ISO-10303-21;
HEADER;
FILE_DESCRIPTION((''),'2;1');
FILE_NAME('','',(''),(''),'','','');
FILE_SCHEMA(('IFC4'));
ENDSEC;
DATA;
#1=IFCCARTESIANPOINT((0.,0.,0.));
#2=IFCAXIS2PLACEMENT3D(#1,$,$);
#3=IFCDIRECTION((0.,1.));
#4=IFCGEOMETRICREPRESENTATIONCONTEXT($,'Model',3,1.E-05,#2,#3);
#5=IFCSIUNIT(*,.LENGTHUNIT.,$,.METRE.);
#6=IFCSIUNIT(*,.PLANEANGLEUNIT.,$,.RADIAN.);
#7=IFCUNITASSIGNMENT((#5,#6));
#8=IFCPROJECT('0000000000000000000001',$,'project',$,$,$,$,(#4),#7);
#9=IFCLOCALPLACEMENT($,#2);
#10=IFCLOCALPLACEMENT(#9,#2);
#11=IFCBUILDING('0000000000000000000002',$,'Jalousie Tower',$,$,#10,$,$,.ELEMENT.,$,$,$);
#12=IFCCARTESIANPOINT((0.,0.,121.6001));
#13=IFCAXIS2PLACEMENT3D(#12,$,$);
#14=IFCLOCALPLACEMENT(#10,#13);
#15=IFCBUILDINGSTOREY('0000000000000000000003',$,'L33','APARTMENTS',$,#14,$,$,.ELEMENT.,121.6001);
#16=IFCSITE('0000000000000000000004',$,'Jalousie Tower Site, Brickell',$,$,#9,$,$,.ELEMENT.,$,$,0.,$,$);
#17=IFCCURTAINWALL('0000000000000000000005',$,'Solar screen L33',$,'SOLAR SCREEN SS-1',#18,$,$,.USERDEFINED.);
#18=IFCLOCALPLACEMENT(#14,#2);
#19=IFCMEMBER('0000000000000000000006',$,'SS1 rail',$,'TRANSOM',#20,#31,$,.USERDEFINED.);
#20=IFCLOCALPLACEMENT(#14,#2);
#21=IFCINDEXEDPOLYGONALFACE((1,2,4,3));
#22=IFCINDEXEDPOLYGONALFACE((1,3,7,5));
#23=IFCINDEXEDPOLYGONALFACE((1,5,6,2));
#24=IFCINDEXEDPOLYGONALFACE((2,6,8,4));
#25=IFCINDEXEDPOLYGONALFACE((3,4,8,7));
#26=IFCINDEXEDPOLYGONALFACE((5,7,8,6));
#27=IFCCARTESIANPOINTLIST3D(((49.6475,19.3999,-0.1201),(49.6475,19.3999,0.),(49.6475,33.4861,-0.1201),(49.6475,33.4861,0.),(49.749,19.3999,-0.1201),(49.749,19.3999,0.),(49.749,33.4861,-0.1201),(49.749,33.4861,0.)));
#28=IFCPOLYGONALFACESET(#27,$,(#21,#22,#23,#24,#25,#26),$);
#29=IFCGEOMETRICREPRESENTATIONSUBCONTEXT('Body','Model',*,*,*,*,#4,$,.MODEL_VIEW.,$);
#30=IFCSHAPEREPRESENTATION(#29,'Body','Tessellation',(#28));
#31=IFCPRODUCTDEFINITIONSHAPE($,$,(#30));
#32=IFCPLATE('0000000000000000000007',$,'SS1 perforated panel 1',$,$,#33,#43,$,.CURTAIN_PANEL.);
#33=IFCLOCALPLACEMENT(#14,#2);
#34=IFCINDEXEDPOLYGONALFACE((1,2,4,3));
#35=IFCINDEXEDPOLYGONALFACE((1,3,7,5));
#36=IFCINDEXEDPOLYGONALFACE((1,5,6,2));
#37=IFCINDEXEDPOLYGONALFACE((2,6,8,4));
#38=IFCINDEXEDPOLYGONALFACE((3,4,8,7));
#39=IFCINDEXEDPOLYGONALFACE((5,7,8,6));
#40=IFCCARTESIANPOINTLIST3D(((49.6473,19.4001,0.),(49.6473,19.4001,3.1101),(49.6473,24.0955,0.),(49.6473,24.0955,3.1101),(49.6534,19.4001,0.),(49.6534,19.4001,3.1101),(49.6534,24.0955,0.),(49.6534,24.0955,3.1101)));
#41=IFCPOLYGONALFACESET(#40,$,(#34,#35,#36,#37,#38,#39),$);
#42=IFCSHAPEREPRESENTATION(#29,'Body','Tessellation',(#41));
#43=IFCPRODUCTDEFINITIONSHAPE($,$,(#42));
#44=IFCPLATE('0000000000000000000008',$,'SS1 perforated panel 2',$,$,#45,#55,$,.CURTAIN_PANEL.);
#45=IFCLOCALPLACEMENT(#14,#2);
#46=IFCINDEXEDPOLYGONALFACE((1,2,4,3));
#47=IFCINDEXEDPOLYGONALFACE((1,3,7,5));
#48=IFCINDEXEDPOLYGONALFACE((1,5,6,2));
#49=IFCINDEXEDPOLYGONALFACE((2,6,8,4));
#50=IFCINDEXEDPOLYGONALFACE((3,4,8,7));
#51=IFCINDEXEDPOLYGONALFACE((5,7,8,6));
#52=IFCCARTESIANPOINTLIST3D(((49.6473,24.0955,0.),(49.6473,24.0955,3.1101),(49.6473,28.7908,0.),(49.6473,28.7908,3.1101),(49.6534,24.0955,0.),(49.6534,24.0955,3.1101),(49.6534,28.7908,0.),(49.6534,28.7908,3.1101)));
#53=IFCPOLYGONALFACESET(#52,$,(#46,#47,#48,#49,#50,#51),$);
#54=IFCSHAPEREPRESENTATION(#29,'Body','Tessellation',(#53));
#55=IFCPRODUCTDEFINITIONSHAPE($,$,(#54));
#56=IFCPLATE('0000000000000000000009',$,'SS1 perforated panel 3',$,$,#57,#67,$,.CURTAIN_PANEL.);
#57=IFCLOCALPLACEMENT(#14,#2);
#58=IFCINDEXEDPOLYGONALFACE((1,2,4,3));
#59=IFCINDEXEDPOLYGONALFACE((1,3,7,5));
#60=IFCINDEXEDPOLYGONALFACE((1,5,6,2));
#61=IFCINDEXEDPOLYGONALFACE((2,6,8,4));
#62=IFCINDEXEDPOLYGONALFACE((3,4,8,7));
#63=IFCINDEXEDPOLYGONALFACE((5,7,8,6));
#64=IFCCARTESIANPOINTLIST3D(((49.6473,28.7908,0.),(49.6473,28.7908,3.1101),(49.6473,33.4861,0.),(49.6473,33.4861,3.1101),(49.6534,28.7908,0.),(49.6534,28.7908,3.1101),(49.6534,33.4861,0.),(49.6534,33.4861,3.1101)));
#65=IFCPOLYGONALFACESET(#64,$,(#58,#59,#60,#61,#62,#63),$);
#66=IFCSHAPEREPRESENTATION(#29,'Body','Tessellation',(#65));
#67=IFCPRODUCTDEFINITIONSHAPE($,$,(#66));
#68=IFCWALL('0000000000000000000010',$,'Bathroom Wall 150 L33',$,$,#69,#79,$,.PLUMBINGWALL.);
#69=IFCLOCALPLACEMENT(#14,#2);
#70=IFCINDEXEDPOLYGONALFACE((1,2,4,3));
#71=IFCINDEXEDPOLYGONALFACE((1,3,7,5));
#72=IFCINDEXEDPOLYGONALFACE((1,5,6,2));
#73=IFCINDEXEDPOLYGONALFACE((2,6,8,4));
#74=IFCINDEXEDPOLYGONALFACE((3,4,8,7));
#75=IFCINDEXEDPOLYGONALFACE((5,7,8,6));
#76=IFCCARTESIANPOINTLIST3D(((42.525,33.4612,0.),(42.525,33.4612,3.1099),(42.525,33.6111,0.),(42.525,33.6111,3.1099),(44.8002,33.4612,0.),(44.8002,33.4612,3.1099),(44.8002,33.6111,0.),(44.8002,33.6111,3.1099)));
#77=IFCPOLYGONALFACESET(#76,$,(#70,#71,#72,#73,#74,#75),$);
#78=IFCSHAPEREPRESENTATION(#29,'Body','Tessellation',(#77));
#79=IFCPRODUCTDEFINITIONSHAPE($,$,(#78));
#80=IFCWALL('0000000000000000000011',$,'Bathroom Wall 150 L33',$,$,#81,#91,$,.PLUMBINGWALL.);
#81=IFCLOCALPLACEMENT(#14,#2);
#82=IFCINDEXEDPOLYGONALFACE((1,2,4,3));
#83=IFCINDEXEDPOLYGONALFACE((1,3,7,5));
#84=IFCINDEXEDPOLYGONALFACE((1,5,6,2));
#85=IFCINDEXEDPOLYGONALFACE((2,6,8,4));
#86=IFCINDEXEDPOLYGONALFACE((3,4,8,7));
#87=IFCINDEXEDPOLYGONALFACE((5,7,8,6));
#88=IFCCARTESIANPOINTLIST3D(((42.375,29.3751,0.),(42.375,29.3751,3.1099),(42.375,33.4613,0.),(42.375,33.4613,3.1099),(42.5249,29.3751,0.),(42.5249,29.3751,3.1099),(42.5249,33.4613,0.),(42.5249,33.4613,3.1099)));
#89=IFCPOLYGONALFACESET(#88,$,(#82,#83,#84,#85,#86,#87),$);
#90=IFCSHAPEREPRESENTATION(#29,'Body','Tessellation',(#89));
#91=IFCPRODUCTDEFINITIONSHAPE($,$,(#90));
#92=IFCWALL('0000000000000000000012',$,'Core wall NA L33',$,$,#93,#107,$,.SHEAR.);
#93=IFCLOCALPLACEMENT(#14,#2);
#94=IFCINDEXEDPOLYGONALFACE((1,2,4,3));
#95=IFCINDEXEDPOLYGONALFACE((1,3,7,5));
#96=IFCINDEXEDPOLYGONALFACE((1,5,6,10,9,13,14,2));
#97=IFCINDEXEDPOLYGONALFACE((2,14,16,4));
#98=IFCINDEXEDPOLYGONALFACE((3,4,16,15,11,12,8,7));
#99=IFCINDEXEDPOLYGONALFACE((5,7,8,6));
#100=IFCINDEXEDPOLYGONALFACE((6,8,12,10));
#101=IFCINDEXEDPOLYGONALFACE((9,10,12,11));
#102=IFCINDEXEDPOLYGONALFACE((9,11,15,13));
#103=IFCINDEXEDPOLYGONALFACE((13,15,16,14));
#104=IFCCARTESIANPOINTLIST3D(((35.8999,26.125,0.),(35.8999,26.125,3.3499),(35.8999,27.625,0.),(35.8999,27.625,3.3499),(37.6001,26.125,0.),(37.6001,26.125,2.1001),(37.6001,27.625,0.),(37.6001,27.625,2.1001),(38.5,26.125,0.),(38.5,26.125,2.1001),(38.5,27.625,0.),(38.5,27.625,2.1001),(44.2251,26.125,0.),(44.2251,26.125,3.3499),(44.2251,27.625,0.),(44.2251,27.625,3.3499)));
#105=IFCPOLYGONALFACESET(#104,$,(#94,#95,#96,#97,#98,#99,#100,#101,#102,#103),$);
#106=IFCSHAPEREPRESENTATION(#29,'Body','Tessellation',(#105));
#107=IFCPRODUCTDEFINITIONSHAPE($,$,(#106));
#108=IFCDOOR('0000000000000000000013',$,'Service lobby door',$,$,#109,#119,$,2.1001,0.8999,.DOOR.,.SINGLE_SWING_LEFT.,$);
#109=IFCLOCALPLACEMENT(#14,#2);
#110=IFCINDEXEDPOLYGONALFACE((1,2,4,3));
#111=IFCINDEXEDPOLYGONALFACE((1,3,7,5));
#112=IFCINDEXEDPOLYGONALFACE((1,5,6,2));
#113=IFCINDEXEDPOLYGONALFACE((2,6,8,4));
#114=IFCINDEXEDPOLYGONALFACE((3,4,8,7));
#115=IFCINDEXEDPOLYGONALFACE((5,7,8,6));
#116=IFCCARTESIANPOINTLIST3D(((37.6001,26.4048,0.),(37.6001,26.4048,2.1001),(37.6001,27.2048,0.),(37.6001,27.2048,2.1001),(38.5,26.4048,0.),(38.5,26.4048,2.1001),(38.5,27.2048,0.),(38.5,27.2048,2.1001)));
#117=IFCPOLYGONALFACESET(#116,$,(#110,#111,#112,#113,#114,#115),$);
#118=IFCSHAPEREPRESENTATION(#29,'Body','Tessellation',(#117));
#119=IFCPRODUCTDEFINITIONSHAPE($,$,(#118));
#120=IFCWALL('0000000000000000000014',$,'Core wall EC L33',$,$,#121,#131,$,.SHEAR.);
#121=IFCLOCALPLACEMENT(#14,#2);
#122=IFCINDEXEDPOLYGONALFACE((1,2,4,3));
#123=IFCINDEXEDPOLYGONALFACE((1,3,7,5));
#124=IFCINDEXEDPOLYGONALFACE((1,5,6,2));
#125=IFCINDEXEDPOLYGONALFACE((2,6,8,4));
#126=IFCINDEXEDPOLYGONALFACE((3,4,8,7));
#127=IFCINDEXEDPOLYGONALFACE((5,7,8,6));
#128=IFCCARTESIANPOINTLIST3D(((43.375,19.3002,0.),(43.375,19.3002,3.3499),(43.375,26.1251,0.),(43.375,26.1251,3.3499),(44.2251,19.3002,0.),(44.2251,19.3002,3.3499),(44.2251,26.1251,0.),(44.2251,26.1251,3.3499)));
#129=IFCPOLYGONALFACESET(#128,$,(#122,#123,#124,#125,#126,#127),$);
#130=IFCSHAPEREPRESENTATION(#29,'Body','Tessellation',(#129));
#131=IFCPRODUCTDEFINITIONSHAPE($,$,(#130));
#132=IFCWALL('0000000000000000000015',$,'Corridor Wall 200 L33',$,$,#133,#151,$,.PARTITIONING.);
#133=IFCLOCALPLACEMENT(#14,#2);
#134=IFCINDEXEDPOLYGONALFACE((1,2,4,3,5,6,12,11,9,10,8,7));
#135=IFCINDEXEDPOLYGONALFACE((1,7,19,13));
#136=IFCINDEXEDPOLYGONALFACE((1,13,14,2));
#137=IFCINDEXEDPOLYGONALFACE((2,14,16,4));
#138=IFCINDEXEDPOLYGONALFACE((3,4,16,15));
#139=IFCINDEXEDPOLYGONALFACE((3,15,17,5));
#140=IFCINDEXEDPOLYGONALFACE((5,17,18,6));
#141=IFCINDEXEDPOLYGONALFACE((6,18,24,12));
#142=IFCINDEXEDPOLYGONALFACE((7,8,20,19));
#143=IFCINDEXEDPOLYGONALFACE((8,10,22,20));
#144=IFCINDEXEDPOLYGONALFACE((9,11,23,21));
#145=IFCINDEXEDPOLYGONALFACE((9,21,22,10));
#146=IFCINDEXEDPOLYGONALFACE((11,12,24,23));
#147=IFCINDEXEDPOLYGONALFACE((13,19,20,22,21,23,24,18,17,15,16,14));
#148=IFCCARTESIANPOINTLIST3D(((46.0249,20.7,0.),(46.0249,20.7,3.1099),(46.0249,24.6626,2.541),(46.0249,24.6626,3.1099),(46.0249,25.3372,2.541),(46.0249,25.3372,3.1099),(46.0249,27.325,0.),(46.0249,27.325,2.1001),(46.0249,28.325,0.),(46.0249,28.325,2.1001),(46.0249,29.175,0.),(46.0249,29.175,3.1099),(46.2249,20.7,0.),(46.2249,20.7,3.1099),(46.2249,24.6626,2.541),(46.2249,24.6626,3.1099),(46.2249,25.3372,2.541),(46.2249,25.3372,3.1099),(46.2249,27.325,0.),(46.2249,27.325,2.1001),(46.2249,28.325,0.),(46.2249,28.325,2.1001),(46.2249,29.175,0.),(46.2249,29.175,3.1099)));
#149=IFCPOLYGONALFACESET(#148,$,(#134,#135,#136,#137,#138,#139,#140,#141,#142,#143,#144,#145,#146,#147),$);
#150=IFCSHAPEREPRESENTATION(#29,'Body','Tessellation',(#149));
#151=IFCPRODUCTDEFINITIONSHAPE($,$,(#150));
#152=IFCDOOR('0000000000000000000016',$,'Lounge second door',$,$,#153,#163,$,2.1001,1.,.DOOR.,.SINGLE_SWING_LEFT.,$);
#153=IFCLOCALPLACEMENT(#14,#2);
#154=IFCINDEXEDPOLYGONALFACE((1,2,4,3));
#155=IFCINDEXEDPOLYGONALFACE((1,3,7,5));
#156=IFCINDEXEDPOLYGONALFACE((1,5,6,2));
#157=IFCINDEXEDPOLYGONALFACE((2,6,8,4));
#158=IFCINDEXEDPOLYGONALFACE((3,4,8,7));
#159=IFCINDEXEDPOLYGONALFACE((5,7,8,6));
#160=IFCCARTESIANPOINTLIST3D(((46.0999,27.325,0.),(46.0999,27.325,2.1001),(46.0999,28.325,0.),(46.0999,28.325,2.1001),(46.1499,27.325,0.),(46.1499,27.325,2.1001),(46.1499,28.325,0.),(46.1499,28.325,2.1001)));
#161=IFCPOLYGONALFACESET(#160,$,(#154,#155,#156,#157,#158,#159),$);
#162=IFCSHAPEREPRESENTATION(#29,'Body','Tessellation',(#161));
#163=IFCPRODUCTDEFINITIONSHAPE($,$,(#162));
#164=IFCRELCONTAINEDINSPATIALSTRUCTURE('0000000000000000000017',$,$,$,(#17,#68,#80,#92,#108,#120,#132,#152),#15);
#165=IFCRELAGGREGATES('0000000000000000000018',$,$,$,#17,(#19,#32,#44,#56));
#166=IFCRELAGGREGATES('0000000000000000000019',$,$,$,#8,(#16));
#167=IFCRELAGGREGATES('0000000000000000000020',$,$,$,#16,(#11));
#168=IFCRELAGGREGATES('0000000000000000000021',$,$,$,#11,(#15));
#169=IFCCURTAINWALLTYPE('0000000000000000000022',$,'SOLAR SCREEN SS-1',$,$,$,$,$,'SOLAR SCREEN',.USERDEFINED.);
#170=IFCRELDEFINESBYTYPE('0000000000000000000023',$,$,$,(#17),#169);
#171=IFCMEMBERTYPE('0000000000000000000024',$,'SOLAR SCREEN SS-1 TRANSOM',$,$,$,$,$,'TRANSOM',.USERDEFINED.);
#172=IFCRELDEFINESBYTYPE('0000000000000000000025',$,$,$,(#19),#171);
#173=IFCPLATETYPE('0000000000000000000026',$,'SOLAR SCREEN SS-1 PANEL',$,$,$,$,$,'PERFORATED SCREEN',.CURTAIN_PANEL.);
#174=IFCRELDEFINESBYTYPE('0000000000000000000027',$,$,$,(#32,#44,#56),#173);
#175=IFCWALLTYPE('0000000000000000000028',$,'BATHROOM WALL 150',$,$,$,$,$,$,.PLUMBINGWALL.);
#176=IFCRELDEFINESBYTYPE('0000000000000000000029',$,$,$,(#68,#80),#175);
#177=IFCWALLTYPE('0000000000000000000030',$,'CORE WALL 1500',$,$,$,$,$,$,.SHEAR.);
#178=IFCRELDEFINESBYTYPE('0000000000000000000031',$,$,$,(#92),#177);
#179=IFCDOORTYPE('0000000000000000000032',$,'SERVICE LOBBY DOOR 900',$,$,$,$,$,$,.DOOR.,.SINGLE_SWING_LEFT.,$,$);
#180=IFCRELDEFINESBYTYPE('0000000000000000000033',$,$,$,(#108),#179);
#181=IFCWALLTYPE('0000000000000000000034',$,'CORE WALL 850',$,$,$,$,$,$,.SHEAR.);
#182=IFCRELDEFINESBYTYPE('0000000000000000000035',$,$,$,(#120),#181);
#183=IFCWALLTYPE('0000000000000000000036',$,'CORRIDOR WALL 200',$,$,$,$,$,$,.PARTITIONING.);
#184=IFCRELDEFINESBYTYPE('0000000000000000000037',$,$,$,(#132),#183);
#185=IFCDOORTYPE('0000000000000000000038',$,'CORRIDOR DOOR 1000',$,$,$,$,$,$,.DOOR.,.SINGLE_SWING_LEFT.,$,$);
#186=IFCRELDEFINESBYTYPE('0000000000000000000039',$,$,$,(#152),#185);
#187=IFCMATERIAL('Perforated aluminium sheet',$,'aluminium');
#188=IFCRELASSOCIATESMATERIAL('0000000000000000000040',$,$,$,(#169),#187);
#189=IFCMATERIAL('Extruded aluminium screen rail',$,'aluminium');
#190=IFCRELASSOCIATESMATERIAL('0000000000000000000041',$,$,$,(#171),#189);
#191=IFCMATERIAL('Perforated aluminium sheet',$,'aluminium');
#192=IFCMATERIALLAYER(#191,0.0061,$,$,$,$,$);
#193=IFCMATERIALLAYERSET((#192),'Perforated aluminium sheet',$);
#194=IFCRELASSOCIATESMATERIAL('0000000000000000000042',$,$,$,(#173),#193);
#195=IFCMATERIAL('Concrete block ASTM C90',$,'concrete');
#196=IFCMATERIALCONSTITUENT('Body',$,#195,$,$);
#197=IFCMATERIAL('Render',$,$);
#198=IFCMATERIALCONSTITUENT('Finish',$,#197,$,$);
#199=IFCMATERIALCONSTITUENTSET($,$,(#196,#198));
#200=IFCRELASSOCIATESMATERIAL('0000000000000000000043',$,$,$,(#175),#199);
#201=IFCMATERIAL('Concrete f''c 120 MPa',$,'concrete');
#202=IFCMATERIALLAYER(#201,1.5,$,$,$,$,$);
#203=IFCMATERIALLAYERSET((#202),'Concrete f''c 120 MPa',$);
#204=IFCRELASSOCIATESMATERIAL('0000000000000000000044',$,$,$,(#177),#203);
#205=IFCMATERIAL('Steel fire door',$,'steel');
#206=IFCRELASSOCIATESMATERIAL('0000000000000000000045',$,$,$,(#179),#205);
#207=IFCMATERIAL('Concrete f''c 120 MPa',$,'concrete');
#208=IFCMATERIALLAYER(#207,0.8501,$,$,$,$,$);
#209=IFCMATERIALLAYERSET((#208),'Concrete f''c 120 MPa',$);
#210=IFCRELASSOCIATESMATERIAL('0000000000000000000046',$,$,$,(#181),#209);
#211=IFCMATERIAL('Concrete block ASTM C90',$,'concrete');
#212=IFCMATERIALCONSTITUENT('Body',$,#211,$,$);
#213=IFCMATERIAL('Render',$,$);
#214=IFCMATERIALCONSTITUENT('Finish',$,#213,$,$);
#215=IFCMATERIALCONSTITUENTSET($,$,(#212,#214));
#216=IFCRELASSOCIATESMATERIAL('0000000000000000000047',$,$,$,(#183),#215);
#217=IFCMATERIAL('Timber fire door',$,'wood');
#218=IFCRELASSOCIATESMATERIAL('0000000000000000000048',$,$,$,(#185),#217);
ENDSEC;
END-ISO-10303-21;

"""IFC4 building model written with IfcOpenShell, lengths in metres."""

from ifc_helpers import new_model, si_unit, direction, frame, frame_2d, origin, origin_2d, place, context, subcontext, project, spatial, polyline, rectangle, outline, extrude, material, layer, layer_set, constituent, constituent_set, material_profile, profile_set, type_object, element, fill, aggregate, save


model = new_model("IFC4")

# Units and contexts
model_context = context("Model", 3, precision=1e-05, world=origin(), true_north=direction((0.0, 1.0)))
body_context = subcontext(model_context, "Body", "Model", "MODEL_VIEW")
ifc_project = project(units=[si_unit("LENGTHUNIT", "METRE"), si_unit("PLANEANGLEUNIT", "RADIAN")], contexts=[model_context])

# Site, building, storey
site_placement = place(None, origin())
site = spatial("IfcSite", under=ifc_project, at=site_placement, Name="Jalousie Tower Site, Brickell", CompositionType="ELEMENT", RefElevation=0.0)
building_placement = place(site_placement, origin())
building = spatial("IfcBuilding", under=site, at=building_placement, Name="Jalousie Tower", CompositionType="ELEMENT")
storey_placement = place(building_placement, frame((0.0, 0.0, 121.6001)))
storey = spatial("IfcBuildingStorey", under=building, at=storey_placement, Name="L33", Description="APARTMENTS", CompositionType="ELEMENT", Elevation=121.6001)

# Curtain wall, member, plates
ifc_material_1 = material(Name="Perforated aluminium sheet", Category="aluminium")
curtain_wall_type = type_object("IfcCurtainWallType", Name="SOLAR SCREEN SS-1", ElementType="SOLAR SCREEN", PredefinedType="USERDEFINED", material=ifc_material_1)
curtain_wall_placement = place(storey_placement, origin())
curtain_wall = element("IfcCurtainWall", 1, at=curtain_wall_placement, inside=storey, type_object=curtain_wall_type, Name="Solar screen L33", ObjectType="SOLAR SCREEN SS-1", PredefinedType="USERDEFINED")
ifc_material_2 = material(Name="Extruded aluminium screen rail", Category="aluminium")
ifc_material_profile_1 = material_profile(ifc_material_2, rectangle(XDim=0.1016, YDim=0.1201, at=origin_2d()), Name="RAIL 102x120")
ifc_profile_set_1 = profile_set([ifc_material_profile_1], Name="Extruded aluminium screen rail")
member_type_1 = type_object("IfcMemberType", Name="SOLAR SCREEN SS-1 TRANSOM", ElementType="TRANSOM", PredefinedType="USERDEFINED", material=ifc_profile_set_1)
member_1_placement = place(storey_placement, frame((49.6982, 19.3999, -0.0601), z_axis=(0.0, 1.0, 0.0), x_axis=(-1.0, 0.0, 0.0)))
member_1 = element("IfcMember", 2, at=member_1_placement, type_object=member_type_1, Name="SS1 rail", ObjectType="TRANSOM", PredefinedType="USERDEFINED", context=body_context, shape_type="SweptSolid", body=[
    extrude(rectangle(XDim=0.1016, YDim=0.1201, at=origin_2d()), origin(), (0.0, 0.0, 1.0), 14.0862),
])
ifc_material_3 = material(Name="Perforated aluminium sheet", Category="aluminium")
ifc_layer_1 = layer(ifc_material_3, 0.0061)
ifc_layer_set_1 = layer_set([ifc_layer_1], Name="Perforated aluminium sheet")
plate_type = type_object("IfcPlateType", Name="SOLAR SCREEN SS-1 PANEL", ElementType="PERFORATED SCREEN", PredefinedType="CURTAIN_PANEL", material=ifc_layer_set_1)
plate_1_placement = place(storey_placement, frame((49.6504, 21.7478, 0.0), z_axis=(0.0, 0.0, 1.0), x_axis=(0.0, 1.0, 0.0)))
plate_1 = element("IfcPlate", 3, at=plate_1_placement, type_object=plate_type, Name="SS1 perforated panel 1", PredefinedType="CURTAIN_PANEL", context=body_context, shape_type="SweptSolid", body=[
    extrude(rectangle(XDim=4.6953, YDim=0.0061, at=origin_2d()), origin(), (0.0, 0.0, 1.0), 3.1101),
])
plate_2_placement = place(storey_placement, frame((49.6504, 26.4431, 0.0), z_axis=(0.0, 0.0, 1.0), x_axis=(0.0, 1.0, 0.0)))
plate_2 = element("IfcPlate", 4, at=plate_2_placement, type_object=plate_type, Name="SS1 perforated panel 2", PredefinedType="CURTAIN_PANEL", context=body_context, shape_type="SweptSolid", body=[
    extrude(rectangle(XDim=4.6953, YDim=0.0061, at=origin_2d()), origin(), (0.0, 0.0, 1.0), 3.1101),
])
plate_3_placement = place(storey_placement, frame((49.6504, 31.1384, 0.0), z_axis=(0.0, 0.0, 1.0), x_axis=(0.0, 1.0, 0.0)))
plate_3 = element("IfcPlate", 5, at=plate_3_placement, type_object=plate_type, Name="SS1 perforated panel 3", PredefinedType="CURTAIN_PANEL", context=body_context, shape_type="SweptSolid", body=[
    extrude(rectangle(XDim=4.6953, YDim=0.0061, at=origin_2d()), origin(), (0.0, 0.0, 1.0), 3.1101),
])
aggregate(curtain_wall, [member_1, plate_1, plate_2, plate_3])

# Walls
ifc_material_4 = material(Name="Concrete block ASTM C90", Category="concrete")
ifc_constituent_1 = constituent(ifc_material_4, Name="Body")
ifc_material_5 = material(Name="Render")
ifc_constituent_2 = constituent(ifc_material_5, Name="Finish")
ifc_constituent_set_1 = constituent_set(constituents=[ifc_constituent_1, ifc_constituent_2])
wall_type_1 = type_object("IfcWallType", Name="BATHROOM WALL 150", PredefinedType="PLUMBINGWALL", material=ifc_constituent_set_1)
wall_1_placement = place(storey_placement, frame((42.5249, 33.5361, 0.0), z_axis=(0.0, 0.0, 1.0), x_axis=(1.0, 0.0, 0.0)))
element("IfcWall", 6, at=wall_1_placement, inside=storey, type_object=wall_type_1, Name="Bathroom Wall 150 L33", PredefinedType="PLUMBINGWALL", context=body_context, shape_type="SweptSolid", body=[
    extrude(rectangle(XDim=2.2751, YDim=0.1499, at=frame_2d((1.1377, 0.0))), origin(), (0.0, 0.0, 1.0), 3.1099),
])
wall_2_placement = place(storey_placement, frame((42.45, 33.4612, 0.0), z_axis=(0.0, 0.0, 1.0), x_axis=(0.0, -1.0, 0.0)))
element("IfcWall", 7, at=wall_2_placement, inside=storey, type_object=wall_type_1, Name="Bathroom Wall 150 L33", PredefinedType="PLUMBINGWALL", context=body_context, shape_type="SweptSolid", body=[
    extrude(rectangle(XDim=4.0862, YDim=0.1499, at=frame_2d((2.043, 0.0))), origin(), (0.0, 0.0, 1.0), 3.1099),
])

# Wall, opening, door
ifc_material_6 = material(Name="Concrete f'c 120 MPa", Category="concrete")
ifc_layer_2 = layer(ifc_material_6, 1.5)
ifc_layer_set_2 = layer_set([ifc_layer_2], Name="Concrete f'c 120 MPa")
wall_type_2 = type_object("IfcWallType", Name="CORE WALL 1500", PredefinedType="SHEAR", material=ifc_layer_set_2)
wall_3_placement = place(storey_placement, frame((44.2251, 26.875, 0.0), z_axis=(0.0, 0.0, 1.0), x_axis=(-1.0, 0.0, 0.0)))
wall_3 = element("IfcWall", 8, at=wall_3_placement, inside=storey, type_object=wall_type_2, Name="Core wall NA L33", PredefinedType="SHEAR", context=body_context, shape_type="SweptSolid", body=[
    extrude(rectangle(XDim=8.3252, YDim=1.5, at=frame_2d((4.1626, 0.0))), origin(), (0.0, 0.0, 1.0), 3.3499),
])
opening_1_placement = place(wall_3_placement, frame((5.7251, 0.0, 0.0)))
opening_1 = element("IfcOpeningElement", 9, at=opening_1_placement, cuts=wall_3, PredefinedType="OPENING", context=body_context, shape_type="SweptSolid", body=[
    extrude(rectangle(XDim=0.8999, YDim=2.1001, at=frame_2d((0.45, 1.05))), frame((0.0, 0.76, 0.0), z_axis=(0.0, -1.0, 0.0), x_axis=(1.0, 0.0, 0.0)), (0.0, 0.0, 1.0), 1.52),
])
ifc_material_7 = material(Name="Steel fire door", Category="steel")
door_type_1 = type_object("IfcDoorType", Name="SERVICE LOBBY DOOR 900", OperationType="SINGLE_SWING_LEFT", PredefinedType="DOOR", material=ifc_material_7)
door_1_placement = place(opening_1_placement, origin())
door_1 = element("IfcDoor", 10, at=door_1_placement, inside=storey, type_object=door_type_1, Name="Service lobby door", OperationType="SINGLE_SWING_LEFT", OverallHeight=2.1001, OverallWidth=0.8999, PredefinedType="DOOR", context=body_context, shape_type="SweptSolid", body=[
    extrude(rectangle(XDim=0.8999, YDim=2.1001, at=frame_2d((0.45, 1.05))), frame((0.0, 0.4702, 0.0), z_axis=(0.0, -1.0, 0.0), x_axis=(1.0, 0.0, 0.0)), (0.0, 0.0, 1.0), 0.8),
])
fill(opening_1, door_1)

# Wall
ifc_material_8 = material(Name="Concrete f'c 120 MPa", Category="concrete")
ifc_layer_3 = layer(ifc_material_8, 0.8501)
ifc_layer_set_3 = layer_set([ifc_layer_3], Name="Concrete f'c 120 MPa")
wall_type_3 = type_object("IfcWallType", Name="CORE WALL 850", PredefinedType="SHEAR", material=ifc_layer_set_3)
wall_4_placement = place(storey_placement, frame((43.8, 19.3, 0.0), z_axis=(0.0, 0.0, 1.0), x_axis=(0.0, 1.0, 0.0)))
element("IfcWall", 11, at=wall_4_placement, inside=storey, type_object=wall_type_3, Name="Core wall EC L33", PredefinedType="SHEAR", context=body_context, shape_type="SweptSolid", body=[
    extrude(rectangle(XDim=6.825, YDim=0.8501, at=frame_2d((3.4126, 0.0))), origin(), (0.0, 0.0, 1.0), 3.3499),
])

# Wall, opening, door
ifc_material_9 = material(Name="Concrete block ASTM C90", Category="concrete")
ifc_constituent_3 = constituent(ifc_material_9, Name="Body")
ifc_material_10 = material(Name="Render")
ifc_constituent_4 = constituent(ifc_material_10, Name="Finish")
ifc_constituent_set_2 = constituent_set(constituents=[ifc_constituent_3, ifc_constituent_4])
wall_type_4 = type_object("IfcWallType", Name="CORRIDOR WALL 200", PredefinedType="PARTITIONING", material=ifc_constituent_set_2)
wall_5_placement = place(storey_placement, frame((46.125, 20.7, 0.0), z_axis=(0.0, 0.0, 1.0), x_axis=(0.0, 1.0, 0.0)))
wall_5 = element("IfcWall", 12, at=wall_5_placement, inside=storey, type_object=wall_type_4, Name="Corridor Wall 200 L33", PredefinedType="PARTITIONING", context=body_context, shape_type="SweptSolid", body=[
    extrude(outline(polyline([(0.0, 0.0), (8.4751, 0.0), (8.4751, 3.1099), (4.6372, 3.1099), (4.6372, 2.541), (3.9626, 2.541), (3.9626, 3.1099), (0.0, 3.1099), (0.0, 0.0)])), frame((0.0, 0.1001, 0.0), z_axis=(0.0, -1.0, 0.0), x_axis=(1.0, 0.0, 0.0)), (0.0, 0.0, 1.0), 0.2),
])
opening_2_placement = place(wall_5_placement, frame((6.625, 0.0, 0.0)))
opening_2 = element("IfcOpeningElement", 13, at=opening_2_placement, cuts=wall_5, PredefinedType="OPENING", context=body_context, shape_type="SweptSolid", body=[
    extrude(rectangle(XDim=1.0, YDim=2.1001, at=frame_2d((0.5, 1.05))), frame((0.0, 0.1099, 0.0), z_axis=(0.0, -1.0, 0.0), x_axis=(1.0, 0.0, 0.0)), (0.0, 0.0, 1.0), 0.22),
])
ifc_material_11 = material(Name="Timber fire door", Category="wood")
door_type_2 = type_object("IfcDoorType", Name="CORRIDOR DOOR 1000", OperationType="SINGLE_SWING_LEFT", PredefinedType="DOOR", material=ifc_material_11)
door_2_placement = place(opening_2_placement, frame((1.0, 0.0, 0.0), z_axis=(0.0, 0.0, 1.0), x_axis=(-1.0, 0.0, 0.0)))
door_2 = element("IfcDoor", 14, at=door_2_placement, inside=storey, type_object=door_type_2, Name="Lounge second door", OperationType="SINGLE_SWING_LEFT", OverallHeight=2.1001, OverallWidth=1.0, PredefinedType="DOOR", context=body_context, shape_type="SweptSolid", body=[
    extrude(rectangle(XDim=1.0, YDim=2.1001, at=frame_2d((0.5, 1.05))), frame((0.0, 0.0249, 0.0), z_axis=(0.0, -1.0, 0.0), x_axis=(1.0, 0.0, 0.0)), (0.0, 0.0, 1.0), 0.05),
])
fill(opening_2, door_2)

save(model, "model.ifc")
